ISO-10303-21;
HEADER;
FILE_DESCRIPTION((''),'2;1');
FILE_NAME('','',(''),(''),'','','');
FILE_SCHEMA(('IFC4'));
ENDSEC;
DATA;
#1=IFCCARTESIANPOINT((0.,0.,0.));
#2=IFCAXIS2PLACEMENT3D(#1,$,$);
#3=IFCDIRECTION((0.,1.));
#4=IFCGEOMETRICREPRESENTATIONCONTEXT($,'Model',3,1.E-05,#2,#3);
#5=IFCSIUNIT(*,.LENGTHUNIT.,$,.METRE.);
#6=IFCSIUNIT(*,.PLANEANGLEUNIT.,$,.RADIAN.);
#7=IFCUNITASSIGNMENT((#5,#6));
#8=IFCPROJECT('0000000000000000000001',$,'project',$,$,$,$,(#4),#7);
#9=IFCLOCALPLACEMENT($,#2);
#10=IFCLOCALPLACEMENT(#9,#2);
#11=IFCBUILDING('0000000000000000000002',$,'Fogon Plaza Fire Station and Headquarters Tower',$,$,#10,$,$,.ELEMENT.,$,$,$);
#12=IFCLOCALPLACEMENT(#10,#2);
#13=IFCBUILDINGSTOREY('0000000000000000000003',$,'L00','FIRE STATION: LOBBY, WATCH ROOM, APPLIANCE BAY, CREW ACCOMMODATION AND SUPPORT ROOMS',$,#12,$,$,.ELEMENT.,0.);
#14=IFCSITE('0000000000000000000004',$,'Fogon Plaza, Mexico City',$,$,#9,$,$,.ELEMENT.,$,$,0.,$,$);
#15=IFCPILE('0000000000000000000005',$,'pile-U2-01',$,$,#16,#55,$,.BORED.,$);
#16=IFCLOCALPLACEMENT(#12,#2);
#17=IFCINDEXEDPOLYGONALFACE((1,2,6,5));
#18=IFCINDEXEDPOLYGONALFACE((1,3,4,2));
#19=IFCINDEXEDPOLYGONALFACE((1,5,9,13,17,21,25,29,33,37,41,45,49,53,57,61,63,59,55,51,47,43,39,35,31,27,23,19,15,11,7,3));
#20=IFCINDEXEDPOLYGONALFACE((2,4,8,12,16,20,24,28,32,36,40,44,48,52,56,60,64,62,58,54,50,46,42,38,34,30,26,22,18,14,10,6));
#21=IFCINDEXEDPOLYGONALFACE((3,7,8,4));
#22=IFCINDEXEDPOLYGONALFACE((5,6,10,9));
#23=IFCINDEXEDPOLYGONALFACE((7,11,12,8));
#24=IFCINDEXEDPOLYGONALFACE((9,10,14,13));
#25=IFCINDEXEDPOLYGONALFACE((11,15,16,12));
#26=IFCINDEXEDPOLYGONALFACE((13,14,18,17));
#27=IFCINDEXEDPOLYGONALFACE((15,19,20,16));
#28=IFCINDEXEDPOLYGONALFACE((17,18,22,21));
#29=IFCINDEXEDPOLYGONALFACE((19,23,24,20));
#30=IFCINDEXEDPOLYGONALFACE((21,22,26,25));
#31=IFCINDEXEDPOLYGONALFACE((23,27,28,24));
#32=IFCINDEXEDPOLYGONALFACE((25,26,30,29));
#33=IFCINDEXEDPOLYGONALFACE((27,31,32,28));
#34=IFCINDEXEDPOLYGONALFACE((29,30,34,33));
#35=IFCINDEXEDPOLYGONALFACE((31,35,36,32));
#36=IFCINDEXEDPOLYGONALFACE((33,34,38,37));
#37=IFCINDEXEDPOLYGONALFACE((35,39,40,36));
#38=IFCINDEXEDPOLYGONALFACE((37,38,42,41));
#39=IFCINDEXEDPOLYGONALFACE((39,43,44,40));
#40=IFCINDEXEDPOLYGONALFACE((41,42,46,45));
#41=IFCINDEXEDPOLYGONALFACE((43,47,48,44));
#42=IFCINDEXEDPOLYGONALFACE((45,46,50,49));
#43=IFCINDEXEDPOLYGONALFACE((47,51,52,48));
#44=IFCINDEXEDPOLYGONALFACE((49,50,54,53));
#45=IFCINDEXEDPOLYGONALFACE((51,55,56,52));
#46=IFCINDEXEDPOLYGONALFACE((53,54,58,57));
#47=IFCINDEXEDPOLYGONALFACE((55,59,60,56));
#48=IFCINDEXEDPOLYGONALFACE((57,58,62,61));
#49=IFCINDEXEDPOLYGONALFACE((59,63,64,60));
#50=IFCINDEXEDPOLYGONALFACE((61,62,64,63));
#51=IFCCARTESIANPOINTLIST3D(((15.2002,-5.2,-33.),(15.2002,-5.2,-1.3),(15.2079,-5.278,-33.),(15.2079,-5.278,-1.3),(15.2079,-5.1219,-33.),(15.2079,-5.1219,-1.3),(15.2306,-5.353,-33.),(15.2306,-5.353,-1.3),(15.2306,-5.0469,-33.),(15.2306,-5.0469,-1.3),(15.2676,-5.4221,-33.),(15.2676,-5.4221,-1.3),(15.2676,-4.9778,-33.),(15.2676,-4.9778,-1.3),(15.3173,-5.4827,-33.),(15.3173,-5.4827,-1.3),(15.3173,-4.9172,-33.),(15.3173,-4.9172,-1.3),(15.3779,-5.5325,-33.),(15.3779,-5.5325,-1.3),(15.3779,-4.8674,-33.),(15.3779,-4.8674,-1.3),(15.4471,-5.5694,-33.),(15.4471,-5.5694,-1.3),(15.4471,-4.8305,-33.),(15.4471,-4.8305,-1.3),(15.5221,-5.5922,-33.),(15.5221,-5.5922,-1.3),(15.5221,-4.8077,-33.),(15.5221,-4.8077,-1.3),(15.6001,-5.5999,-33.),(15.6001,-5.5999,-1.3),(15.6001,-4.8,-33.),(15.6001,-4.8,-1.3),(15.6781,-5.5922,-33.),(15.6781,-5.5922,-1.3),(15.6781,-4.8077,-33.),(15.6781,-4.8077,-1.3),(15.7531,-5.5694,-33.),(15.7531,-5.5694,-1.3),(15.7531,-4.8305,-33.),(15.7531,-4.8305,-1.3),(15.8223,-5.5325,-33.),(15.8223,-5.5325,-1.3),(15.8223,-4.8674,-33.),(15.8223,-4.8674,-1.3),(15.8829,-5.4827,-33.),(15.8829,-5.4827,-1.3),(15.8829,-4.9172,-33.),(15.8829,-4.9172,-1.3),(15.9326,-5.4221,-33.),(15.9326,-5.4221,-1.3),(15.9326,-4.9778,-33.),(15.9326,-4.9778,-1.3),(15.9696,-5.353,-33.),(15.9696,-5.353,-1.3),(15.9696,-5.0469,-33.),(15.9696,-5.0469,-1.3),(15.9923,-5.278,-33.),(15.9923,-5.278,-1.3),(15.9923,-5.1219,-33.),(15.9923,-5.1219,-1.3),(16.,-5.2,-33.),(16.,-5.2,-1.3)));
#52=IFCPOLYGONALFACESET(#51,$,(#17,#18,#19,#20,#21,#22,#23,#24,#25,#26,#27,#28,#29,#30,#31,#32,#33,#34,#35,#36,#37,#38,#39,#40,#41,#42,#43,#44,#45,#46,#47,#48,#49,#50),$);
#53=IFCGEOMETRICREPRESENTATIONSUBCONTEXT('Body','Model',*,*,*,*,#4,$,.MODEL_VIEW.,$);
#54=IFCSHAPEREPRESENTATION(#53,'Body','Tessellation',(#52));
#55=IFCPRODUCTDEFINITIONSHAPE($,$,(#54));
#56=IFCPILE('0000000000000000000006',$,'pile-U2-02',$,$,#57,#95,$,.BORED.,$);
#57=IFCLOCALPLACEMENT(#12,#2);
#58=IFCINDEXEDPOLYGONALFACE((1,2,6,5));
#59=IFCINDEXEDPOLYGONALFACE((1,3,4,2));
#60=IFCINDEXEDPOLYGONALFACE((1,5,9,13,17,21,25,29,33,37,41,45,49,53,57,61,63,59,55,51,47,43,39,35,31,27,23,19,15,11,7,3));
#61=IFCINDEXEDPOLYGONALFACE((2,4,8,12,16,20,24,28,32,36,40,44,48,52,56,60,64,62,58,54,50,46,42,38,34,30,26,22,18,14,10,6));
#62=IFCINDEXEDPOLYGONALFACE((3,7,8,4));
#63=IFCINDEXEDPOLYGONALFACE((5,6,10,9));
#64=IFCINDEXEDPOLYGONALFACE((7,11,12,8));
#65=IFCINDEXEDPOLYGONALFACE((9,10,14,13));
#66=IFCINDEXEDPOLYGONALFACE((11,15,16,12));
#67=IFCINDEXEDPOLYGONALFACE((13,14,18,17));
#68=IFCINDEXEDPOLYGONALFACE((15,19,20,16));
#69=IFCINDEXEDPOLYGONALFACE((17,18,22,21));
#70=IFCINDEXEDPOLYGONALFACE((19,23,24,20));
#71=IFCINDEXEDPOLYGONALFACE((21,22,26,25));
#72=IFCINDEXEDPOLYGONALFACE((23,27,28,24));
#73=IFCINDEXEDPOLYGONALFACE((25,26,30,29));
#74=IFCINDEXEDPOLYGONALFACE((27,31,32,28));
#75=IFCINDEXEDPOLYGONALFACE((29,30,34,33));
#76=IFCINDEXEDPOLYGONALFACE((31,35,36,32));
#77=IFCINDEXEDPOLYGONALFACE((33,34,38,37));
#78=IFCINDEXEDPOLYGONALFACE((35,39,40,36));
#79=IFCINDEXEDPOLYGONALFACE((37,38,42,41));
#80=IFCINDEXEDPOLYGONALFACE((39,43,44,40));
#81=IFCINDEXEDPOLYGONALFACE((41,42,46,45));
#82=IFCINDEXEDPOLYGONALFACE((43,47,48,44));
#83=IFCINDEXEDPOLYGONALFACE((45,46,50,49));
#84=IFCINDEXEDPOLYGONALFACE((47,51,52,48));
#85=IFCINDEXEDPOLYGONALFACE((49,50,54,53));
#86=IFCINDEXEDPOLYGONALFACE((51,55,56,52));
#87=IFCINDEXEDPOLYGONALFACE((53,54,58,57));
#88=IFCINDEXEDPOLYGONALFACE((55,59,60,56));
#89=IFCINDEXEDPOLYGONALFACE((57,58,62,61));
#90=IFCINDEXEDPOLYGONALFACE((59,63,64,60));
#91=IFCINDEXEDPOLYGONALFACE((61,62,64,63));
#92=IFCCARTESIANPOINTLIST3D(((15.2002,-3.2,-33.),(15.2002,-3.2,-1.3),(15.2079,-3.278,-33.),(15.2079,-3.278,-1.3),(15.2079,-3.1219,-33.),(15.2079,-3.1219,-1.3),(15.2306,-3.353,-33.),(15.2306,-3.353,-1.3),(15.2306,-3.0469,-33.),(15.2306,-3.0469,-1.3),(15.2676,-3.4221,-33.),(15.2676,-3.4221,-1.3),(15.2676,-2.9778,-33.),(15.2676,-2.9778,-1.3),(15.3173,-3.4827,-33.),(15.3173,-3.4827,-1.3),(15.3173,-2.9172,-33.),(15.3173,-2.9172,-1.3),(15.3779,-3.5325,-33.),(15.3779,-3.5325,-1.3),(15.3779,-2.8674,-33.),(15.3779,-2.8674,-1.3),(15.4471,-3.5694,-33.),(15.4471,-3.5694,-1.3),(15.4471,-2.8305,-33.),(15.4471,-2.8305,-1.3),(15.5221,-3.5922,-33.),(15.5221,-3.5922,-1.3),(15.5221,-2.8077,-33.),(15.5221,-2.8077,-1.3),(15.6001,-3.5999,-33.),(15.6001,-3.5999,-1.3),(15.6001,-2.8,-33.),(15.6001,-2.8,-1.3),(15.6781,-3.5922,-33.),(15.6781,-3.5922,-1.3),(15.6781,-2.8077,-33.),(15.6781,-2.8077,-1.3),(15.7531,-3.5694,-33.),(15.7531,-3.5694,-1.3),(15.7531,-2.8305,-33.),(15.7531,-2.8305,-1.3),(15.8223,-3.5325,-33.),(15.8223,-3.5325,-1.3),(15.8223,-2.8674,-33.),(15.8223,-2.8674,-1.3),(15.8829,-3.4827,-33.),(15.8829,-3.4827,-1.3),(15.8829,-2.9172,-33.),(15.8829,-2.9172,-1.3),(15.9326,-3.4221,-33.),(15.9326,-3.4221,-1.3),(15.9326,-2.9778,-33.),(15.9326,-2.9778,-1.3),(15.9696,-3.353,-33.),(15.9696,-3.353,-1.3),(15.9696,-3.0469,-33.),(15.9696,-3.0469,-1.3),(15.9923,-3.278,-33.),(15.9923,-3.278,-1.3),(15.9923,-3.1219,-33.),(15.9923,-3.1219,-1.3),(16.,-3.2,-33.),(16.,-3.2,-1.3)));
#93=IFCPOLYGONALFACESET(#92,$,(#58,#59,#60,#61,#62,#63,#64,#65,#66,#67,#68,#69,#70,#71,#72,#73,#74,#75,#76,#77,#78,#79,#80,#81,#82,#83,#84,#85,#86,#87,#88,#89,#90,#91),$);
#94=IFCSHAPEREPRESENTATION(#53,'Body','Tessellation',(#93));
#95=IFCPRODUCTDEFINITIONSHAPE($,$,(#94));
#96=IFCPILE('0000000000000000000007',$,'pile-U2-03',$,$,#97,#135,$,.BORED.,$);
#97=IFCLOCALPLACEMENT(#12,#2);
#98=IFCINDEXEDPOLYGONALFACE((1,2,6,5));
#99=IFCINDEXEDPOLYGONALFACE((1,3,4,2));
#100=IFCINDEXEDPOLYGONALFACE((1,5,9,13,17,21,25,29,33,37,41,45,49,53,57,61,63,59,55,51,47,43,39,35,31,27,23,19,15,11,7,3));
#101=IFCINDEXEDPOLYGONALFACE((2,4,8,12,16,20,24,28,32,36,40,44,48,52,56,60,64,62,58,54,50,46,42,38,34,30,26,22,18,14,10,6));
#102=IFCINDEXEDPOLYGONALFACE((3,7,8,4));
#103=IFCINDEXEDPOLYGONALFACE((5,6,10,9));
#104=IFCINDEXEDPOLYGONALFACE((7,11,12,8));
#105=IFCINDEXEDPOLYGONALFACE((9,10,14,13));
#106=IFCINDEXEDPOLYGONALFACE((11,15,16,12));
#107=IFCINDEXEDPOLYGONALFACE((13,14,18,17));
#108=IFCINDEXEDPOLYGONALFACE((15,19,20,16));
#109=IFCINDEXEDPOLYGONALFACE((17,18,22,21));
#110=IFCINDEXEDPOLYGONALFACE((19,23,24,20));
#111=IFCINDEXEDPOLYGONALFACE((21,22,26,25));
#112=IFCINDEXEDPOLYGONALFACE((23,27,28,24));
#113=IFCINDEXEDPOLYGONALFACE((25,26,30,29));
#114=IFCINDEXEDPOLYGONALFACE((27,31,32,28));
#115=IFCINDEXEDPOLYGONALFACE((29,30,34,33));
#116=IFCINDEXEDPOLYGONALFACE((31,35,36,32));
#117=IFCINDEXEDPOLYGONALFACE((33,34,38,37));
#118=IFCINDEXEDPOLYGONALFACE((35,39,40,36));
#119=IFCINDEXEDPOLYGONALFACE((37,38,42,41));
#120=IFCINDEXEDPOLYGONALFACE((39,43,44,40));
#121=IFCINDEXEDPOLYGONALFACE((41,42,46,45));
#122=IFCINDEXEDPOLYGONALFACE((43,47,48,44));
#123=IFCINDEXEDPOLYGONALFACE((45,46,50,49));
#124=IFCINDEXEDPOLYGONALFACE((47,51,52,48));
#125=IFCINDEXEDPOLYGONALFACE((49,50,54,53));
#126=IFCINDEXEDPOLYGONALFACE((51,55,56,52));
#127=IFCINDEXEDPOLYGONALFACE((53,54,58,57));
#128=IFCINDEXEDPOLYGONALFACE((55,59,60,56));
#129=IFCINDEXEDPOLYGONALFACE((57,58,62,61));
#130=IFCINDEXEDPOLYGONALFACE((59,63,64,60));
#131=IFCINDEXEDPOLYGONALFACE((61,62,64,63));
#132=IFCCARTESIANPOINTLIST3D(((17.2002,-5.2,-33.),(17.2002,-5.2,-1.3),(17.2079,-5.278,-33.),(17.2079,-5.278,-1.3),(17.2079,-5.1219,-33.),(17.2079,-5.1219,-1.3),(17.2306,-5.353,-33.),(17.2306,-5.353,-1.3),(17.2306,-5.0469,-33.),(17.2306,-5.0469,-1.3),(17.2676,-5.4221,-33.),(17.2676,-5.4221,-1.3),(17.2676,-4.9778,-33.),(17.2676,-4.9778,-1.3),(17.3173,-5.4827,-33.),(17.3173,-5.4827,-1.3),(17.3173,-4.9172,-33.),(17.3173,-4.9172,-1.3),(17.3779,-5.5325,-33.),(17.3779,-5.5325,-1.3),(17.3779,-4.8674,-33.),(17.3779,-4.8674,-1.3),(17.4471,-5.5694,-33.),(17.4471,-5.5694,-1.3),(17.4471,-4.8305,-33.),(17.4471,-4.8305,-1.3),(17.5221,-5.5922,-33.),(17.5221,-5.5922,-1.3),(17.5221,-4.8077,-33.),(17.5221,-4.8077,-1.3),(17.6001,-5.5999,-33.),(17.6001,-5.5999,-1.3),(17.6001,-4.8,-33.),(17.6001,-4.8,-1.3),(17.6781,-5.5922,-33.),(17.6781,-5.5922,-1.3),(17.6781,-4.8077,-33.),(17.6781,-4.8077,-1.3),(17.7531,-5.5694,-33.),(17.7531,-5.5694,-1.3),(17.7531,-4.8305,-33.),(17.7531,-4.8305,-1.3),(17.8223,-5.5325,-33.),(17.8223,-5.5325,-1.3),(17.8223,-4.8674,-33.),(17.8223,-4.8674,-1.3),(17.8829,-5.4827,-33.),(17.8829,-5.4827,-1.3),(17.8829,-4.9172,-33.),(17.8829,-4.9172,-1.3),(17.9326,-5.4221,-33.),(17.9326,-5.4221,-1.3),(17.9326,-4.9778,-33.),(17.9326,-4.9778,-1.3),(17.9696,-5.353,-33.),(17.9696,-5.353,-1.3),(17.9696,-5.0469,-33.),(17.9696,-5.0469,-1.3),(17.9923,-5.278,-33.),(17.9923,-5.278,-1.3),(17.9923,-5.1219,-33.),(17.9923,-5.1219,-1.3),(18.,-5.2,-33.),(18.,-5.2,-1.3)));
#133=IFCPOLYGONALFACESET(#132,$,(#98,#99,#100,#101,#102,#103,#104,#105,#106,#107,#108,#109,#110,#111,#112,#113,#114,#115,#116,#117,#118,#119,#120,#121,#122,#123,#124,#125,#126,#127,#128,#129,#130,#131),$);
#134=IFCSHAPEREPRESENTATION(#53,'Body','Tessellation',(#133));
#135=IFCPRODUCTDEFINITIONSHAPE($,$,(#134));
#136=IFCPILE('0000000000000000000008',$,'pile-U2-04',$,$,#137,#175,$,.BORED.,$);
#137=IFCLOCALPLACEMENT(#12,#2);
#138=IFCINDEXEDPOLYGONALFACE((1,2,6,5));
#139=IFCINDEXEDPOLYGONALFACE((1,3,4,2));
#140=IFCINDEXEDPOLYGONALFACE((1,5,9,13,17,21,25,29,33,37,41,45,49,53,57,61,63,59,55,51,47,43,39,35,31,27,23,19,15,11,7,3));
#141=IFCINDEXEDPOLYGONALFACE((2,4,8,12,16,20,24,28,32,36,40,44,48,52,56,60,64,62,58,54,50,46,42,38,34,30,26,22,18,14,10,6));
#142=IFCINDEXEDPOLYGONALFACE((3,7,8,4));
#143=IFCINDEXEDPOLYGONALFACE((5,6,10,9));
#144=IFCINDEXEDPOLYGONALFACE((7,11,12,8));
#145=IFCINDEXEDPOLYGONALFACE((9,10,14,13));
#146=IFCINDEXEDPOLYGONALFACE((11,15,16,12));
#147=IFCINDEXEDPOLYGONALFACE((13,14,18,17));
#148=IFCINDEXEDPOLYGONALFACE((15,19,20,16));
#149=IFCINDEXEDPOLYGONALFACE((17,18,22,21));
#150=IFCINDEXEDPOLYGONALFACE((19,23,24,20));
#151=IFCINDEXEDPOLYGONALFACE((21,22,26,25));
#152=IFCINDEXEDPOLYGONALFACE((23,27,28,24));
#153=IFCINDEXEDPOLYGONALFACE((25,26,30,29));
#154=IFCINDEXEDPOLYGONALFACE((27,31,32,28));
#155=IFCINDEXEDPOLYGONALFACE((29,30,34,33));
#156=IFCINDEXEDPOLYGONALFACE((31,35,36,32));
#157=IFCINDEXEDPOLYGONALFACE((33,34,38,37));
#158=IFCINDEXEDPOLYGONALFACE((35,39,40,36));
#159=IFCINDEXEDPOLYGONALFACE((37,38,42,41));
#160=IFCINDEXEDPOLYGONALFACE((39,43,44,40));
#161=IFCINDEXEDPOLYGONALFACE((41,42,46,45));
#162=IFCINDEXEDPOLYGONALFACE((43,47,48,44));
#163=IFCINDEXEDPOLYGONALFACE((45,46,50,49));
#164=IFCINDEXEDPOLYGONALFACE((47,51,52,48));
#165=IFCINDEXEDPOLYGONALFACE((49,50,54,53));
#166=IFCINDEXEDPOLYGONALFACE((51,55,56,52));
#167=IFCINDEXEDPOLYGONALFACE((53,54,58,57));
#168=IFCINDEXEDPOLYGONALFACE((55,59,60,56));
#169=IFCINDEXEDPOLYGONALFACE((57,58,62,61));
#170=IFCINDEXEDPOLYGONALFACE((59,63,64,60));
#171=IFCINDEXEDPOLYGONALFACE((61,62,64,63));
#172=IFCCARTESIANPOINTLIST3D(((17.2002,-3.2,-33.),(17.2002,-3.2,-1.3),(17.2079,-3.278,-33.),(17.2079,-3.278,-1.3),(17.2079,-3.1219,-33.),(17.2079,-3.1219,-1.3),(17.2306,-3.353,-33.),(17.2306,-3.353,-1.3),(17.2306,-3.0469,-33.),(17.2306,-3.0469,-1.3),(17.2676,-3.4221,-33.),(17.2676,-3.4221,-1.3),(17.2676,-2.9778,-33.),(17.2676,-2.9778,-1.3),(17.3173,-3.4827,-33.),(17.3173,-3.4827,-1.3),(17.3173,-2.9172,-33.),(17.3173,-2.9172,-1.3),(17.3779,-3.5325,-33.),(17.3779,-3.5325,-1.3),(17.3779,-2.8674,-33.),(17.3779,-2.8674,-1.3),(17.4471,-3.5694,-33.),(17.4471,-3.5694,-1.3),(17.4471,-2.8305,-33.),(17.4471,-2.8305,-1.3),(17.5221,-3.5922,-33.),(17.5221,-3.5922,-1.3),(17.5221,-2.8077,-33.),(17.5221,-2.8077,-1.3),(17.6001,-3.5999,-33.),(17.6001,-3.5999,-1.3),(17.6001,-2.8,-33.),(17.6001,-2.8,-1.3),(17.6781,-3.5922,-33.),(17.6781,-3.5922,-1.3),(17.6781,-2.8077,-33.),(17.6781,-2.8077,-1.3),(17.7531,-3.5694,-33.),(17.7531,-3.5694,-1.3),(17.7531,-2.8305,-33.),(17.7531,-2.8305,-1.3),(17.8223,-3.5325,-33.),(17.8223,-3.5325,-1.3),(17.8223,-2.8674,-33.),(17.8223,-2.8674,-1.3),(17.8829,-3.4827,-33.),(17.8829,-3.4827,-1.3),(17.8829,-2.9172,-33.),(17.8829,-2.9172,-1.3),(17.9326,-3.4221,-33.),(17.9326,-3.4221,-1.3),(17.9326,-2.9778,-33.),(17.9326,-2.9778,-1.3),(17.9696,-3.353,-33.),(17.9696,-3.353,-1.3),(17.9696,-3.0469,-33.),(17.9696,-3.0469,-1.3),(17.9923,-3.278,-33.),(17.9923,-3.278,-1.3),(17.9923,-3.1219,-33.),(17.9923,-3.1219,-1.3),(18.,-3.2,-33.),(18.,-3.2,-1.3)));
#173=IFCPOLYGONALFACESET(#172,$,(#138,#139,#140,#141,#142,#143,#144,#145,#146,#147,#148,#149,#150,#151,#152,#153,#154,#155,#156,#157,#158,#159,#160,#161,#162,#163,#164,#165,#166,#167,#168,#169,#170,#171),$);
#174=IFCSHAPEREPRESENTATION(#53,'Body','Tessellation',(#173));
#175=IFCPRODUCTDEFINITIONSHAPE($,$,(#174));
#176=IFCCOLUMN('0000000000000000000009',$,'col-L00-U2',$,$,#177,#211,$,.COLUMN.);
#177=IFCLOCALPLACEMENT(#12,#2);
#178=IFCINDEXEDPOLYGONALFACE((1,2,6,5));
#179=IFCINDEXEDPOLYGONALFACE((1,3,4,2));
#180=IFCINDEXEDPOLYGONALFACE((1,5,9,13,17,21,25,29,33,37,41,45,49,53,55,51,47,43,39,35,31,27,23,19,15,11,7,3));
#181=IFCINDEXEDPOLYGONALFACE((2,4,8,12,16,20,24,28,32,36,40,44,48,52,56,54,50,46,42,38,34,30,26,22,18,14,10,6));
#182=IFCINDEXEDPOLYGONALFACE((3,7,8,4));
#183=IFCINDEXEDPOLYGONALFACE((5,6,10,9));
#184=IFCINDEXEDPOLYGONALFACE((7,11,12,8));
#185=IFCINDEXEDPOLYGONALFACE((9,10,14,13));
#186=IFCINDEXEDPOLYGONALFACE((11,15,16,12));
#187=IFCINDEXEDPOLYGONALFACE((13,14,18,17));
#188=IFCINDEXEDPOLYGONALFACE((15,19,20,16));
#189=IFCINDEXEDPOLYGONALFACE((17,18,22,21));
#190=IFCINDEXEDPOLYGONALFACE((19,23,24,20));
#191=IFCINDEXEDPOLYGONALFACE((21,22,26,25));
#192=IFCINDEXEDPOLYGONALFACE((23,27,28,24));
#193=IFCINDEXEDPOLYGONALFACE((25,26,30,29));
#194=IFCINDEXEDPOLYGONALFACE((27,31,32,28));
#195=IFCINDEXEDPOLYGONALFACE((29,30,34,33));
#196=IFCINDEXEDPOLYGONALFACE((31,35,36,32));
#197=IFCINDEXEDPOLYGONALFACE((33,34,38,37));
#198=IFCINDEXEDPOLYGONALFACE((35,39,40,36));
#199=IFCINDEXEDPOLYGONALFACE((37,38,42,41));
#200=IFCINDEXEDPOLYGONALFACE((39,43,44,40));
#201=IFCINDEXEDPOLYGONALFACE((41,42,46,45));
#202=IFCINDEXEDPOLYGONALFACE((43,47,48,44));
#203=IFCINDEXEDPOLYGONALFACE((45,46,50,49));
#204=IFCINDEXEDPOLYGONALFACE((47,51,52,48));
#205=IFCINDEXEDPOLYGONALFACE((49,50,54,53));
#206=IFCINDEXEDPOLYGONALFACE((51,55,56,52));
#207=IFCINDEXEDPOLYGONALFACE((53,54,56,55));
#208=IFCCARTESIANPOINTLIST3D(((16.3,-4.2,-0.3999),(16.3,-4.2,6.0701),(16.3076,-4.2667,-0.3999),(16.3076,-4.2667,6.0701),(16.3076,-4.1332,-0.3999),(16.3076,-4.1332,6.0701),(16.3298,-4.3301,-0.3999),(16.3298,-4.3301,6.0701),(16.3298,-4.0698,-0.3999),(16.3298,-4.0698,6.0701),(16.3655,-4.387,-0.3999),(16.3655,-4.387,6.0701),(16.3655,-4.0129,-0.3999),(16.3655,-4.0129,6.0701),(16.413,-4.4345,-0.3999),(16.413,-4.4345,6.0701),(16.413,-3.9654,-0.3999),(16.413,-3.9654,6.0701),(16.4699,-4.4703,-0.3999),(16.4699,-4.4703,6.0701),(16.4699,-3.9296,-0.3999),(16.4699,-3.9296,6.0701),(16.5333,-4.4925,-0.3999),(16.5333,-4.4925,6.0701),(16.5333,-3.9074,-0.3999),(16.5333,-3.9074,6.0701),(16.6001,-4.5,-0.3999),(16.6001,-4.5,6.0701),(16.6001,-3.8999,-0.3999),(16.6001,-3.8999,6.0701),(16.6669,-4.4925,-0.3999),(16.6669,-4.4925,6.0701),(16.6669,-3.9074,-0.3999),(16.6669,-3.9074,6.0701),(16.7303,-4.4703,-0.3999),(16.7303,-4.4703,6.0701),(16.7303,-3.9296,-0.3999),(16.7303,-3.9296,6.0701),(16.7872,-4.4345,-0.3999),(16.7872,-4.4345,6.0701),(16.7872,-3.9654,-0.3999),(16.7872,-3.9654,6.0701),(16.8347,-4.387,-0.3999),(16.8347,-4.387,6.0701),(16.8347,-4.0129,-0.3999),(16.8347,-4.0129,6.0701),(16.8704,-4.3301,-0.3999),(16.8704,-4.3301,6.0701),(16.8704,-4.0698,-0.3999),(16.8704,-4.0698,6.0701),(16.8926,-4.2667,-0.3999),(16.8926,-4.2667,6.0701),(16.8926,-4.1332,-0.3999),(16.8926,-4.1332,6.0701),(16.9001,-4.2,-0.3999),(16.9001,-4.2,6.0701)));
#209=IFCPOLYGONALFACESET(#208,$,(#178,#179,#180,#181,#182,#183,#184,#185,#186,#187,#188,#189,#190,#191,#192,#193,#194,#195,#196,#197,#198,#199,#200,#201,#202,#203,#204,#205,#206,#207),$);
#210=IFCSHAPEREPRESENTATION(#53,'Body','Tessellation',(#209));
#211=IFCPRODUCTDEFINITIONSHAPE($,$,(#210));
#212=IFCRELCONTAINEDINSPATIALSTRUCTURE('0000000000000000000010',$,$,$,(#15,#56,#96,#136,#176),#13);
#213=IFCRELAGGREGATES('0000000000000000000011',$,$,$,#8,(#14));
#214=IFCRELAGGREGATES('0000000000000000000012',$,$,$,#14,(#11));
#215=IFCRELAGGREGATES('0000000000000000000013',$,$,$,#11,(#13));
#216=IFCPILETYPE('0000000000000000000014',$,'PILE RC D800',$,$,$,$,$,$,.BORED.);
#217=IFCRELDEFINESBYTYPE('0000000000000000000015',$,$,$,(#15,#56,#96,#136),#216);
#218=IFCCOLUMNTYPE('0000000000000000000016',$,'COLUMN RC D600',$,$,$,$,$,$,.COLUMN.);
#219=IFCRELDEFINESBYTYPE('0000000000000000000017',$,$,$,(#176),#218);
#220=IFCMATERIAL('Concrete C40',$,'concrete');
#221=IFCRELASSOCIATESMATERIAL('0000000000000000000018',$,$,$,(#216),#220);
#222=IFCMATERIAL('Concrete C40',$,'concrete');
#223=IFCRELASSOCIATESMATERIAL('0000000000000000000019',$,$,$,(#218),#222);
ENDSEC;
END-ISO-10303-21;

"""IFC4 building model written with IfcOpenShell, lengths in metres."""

from ifc_helpers import new_model, si_unit, direction, frame, origin, origin_2d, place, context, subcontext, project, spatial, circle, extrude, material, material_profile, profile_set, type_object, element, save


model = new_model("IFC4")

# Units and contexts
model_context = context("Model", 3, precision=1e-05, world=origin(), true_north=direction((0.0, 1.0)))
body_context = subcontext(model_context, "Body", "Model", "MODEL_VIEW")
ifc_project = project(units=[si_unit("LENGTHUNIT", "METRE"), si_unit("PLANEANGLEUNIT", "RADIAN")], contexts=[model_context])

# Site, building, storey
site_placement = place(None, origin())
site = spatial("IfcSite", under=ifc_project, at=site_placement, Name="Fogon Plaza, Mexico City", CompositionType="ELEMENT", RefElevation=0.0)
building_placement = place(site_placement, origin())
building = spatial("IfcBuilding", under=site, at=building_placement, Name="Fogon Plaza Fire Station and Headquarters Tower", CompositionType="ELEMENT")
storey_placement = place(building_placement, origin())
storey = spatial("IfcBuildingStorey", under=building, at=storey_placement, Name="L00", Description="FIRE STATION: LOBBY, WATCH ROOM, APPLIANCE BAY, CREW ACCOMMODATION AND SUPPORT ROOMS", CompositionType="ELEMENT", Elevation=0.0)

# Piles
ifc_material_1 = material(Name="Concrete C40", Category="concrete")
ifc_material_profile_1 = material_profile(ifc_material_1, circle(Radius=0.3999, at=origin_2d()), Name="RC D800")
ifc_profile_set_1 = profile_set([ifc_material_profile_1], Name="Concrete C40")
pile_type = type_object("IfcPileType", Name="PILE RC D800", PredefinedType="BORED", material=ifc_profile_set_1)
for number, where, z_axis, x_axis, name in (
    (1, (15.6001, -5.2, -1.3), (0.0, 0.0, -1.0), (1.0, 0.0, 0.0), "pile-U2-01"),
    (2, (15.6001, -3.2, -1.3), (0.0, 0.0, -1.0), (1.0, 0.0, 0.0), "pile-U2-02"),
    (3, (17.6001, -5.2, -1.3), (0.0, 0.0, -1.0), (1.0, 0.0, 0.0), "pile-U2-03"),
    (4, (17.6001, -3.2, -1.3), (0.0, 0.0, -1.0), (1.0, 0.0, 0.0), "pile-U2-04"),
):
    element("IfcPile", number, at=place(storey_placement, frame(where, z_axis=z_axis, x_axis=x_axis)), inside=storey, type_object=pile_type, Name=name, PredefinedType="BORED", context=body_context, shape_type="SweptSolid", body=[
        extrude(circle(Radius=0.3999, at=origin_2d()), origin(), (0.0, 0.0, 1.0), 31.7),
    ])

# Column
ifc_material_2 = material(Name="Concrete C40", Category="concrete")
ifc_material_profile_2 = material_profile(ifc_material_2, circle(Radius=0.3, at=origin_2d()), Name="RC D600")
ifc_profile_set_2 = profile_set([ifc_material_profile_2], Name="Concrete C40")
column_type = type_object("IfcColumnType", Name="COLUMN RC D600", PredefinedType="COLUMN", material=ifc_profile_set_2)
column_placement = place(storey_placement, frame((16.6001, -4.2, -0.3999), z_axis=(0.0, 0.0, 1.0), x_axis=(1.0, 0.0, 0.0)))
element("IfcColumn", 5, at=column_placement, inside=storey, type_object=column_type, Name="col-L00-U2", PredefinedType="COLUMN", context=body_context, shape_type="SweptSolid", body=[
    extrude(circle(Radius=0.3, at=origin_2d()), origin(), (0.0, 0.0, 1.0), 6.47),
])

save(model, "model.ifc")
